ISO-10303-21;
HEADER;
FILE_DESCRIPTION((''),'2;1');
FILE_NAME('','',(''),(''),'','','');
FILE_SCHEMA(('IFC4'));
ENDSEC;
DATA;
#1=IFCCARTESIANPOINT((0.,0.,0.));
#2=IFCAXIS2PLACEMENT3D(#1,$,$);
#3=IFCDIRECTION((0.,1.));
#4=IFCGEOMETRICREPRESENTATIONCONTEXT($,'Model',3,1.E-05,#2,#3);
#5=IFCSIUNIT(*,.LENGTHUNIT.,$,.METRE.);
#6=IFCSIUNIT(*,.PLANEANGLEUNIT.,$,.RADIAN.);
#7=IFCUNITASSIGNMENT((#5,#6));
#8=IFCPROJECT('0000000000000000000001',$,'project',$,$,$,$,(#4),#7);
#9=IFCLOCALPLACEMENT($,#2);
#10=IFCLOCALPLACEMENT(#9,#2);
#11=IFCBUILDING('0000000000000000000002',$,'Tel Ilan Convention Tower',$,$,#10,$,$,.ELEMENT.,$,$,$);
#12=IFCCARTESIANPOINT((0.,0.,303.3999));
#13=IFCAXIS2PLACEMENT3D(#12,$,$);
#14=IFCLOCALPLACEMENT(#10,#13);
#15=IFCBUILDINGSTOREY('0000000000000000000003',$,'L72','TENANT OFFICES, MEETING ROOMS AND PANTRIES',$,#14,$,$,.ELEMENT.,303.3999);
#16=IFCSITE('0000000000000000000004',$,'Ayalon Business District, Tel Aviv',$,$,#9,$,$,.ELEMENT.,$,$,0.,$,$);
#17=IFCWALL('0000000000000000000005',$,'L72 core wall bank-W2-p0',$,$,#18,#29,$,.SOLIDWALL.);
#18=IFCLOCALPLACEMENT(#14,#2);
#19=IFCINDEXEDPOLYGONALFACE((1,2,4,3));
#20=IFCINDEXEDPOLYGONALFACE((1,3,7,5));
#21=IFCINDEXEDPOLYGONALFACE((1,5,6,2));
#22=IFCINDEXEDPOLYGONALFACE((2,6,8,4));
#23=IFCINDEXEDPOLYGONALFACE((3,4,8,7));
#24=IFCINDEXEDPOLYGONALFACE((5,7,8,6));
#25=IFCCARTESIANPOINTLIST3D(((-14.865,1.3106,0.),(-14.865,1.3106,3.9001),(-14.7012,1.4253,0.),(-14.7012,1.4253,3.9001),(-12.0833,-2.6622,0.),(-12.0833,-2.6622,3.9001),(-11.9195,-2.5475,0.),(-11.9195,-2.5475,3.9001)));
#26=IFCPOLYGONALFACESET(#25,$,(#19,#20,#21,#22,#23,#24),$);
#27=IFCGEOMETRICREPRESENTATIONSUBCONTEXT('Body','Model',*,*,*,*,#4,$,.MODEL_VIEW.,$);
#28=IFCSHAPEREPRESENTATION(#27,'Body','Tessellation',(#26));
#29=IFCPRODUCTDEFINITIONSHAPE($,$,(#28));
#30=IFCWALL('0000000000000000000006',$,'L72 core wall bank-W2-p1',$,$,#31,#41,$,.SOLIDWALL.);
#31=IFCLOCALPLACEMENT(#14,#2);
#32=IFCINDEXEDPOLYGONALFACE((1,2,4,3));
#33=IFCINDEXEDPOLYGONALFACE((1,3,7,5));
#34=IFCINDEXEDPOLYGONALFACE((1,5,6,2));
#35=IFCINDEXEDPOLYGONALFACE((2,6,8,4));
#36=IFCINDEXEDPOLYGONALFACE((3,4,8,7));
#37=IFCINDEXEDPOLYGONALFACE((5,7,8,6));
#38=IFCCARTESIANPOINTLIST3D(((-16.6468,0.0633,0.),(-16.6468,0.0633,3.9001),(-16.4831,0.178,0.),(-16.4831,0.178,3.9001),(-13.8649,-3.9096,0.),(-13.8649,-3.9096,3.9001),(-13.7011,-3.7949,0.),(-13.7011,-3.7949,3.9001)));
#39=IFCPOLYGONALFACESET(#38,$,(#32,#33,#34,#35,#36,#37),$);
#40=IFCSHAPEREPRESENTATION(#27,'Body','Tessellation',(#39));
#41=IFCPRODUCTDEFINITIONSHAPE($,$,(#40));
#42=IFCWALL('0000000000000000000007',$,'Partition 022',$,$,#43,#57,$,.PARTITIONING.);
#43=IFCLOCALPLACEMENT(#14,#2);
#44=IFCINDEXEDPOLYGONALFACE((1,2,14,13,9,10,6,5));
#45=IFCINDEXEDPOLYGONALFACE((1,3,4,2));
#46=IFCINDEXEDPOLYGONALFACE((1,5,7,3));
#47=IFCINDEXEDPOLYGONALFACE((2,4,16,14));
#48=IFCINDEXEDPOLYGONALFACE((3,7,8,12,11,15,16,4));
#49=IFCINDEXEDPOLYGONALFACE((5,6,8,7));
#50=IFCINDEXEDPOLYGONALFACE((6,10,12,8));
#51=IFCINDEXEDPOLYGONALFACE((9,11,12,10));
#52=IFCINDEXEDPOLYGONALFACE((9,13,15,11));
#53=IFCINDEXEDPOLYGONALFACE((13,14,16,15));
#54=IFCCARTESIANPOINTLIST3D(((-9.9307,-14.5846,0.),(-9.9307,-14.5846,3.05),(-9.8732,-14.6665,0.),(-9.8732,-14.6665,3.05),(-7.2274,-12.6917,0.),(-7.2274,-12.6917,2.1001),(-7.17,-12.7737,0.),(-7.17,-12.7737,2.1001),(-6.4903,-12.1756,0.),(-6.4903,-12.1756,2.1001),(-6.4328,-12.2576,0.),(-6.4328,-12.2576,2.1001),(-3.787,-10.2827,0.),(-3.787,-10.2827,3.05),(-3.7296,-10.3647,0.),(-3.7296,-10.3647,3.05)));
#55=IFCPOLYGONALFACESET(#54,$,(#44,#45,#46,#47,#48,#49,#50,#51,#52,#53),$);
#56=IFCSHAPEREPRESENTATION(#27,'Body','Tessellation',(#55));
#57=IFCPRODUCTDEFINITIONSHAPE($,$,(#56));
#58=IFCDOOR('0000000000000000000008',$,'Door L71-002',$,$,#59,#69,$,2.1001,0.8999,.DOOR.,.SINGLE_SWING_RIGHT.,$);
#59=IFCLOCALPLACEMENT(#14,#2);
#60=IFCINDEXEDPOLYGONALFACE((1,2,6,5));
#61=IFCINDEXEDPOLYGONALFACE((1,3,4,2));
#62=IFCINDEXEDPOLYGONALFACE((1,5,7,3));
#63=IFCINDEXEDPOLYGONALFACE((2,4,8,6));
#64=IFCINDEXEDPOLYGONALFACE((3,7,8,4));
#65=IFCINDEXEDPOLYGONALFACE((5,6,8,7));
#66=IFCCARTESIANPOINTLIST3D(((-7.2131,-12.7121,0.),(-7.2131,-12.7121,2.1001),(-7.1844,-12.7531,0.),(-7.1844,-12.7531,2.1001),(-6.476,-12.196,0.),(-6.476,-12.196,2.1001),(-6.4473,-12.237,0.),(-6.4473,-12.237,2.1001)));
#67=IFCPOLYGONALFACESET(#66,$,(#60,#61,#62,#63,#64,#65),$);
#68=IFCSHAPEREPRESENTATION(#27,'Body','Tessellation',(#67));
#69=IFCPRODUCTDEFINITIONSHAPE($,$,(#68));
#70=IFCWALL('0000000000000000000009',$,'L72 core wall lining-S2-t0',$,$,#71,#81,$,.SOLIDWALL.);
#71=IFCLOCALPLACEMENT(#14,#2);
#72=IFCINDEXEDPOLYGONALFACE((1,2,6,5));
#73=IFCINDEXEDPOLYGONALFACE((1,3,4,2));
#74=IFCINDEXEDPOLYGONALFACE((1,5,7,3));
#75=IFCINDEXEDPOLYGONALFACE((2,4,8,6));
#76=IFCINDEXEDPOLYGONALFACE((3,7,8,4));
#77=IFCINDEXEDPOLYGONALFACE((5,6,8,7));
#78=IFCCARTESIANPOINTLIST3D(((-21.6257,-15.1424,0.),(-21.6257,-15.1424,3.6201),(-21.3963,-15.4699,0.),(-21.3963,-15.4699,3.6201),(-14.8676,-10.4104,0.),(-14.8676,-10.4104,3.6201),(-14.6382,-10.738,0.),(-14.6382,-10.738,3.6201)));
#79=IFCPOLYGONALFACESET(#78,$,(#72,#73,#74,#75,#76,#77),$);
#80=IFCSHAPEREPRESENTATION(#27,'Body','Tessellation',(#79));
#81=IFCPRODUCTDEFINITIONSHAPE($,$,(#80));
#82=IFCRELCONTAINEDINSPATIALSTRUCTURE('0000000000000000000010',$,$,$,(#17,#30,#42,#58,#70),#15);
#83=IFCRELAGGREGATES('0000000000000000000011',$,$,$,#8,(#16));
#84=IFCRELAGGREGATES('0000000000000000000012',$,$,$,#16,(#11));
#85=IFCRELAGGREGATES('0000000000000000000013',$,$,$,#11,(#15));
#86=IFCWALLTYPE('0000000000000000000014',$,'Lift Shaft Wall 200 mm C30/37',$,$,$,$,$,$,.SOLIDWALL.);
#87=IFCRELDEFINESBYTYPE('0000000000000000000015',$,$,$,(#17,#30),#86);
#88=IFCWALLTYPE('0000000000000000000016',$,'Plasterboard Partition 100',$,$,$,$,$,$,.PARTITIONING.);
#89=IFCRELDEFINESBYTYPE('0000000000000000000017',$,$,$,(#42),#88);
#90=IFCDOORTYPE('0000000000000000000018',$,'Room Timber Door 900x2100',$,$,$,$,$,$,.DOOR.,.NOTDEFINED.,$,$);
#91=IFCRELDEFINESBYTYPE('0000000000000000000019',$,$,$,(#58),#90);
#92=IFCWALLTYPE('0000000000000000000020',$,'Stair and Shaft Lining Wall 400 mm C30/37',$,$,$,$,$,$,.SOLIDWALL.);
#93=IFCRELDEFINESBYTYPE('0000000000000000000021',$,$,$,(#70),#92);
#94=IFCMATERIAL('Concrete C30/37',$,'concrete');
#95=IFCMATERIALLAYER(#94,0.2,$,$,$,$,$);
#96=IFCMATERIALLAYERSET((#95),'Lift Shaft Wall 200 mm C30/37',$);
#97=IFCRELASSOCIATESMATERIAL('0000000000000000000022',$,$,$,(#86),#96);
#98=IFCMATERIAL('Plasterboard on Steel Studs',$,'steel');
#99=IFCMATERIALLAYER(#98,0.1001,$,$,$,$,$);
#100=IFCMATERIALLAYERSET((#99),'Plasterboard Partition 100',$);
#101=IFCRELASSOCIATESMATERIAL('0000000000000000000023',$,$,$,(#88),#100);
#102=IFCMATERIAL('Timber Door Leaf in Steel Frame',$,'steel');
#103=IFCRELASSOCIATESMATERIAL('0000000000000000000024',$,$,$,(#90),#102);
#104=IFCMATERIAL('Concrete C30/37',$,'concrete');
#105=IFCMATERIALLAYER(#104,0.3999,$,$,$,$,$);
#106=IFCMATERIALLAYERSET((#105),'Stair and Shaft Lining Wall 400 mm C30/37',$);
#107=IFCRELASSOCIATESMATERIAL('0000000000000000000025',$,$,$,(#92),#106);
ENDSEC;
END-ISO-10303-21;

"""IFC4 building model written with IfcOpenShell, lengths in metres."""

from ifc_helpers import new_model, si_unit, direction, frame, frame_2d, origin, place, context, subcontext, project, spatial, rectangle, extrude, material, layer, layer_set, type_object, element, fill, save


model = new_model("IFC4")

# Units and contexts
model_context = context("Model", 3, precision=1e-05, world=origin(), true_north=direction((0.0, 1.0)))
body_context = subcontext(model_context, "Body", "Model", "MODEL_VIEW")
ifc_project = project(units=[si_unit("LENGTHUNIT", "METRE"), si_unit("PLANEANGLEUNIT", "RADIAN")], contexts=[model_context])

# Site, building, storey
site_placement = place(None, origin())
site = spatial("IfcSite", under=ifc_project, at=site_placement, Name="Ayalon Business District, Tel Aviv", CompositionType="ELEMENT", RefElevation=0.0)
building_placement = place(site_placement, origin())
building = spatial("IfcBuilding", under=site, at=building_placement, Name="Tel Ilan Convention Tower", CompositionType="ELEMENT")
storey_placement = place(building_placement, frame((0.0, 0.0, 303.3999)))
storey = spatial("IfcBuildingStorey", under=building, at=storey_placement, Name="L72", Description="TENANT OFFICES, MEETING ROOMS AND PANTRIES", CompositionType="ELEMENT", Elevation=303.3999)

# Walls
ifc_material_1 = material(Name="Concrete C30/37", Category="concrete")
ifc_layer_1 = layer(ifc_material_1, 0.2)
ifc_layer_set_1 = layer_set([ifc_layer_1], Name="Lift Shaft Wall 200 mm C30/37")
wall_type_1 = type_object("IfcWallType", Name="Lift Shaft Wall 200 mm C30/37", PredefinedType="SOLIDWALL", material=ifc_layer_set_1)
wall_1_placement = place(storey_placement, frame((-12.0015, -2.6047, 0.0), z_axis=(0.0, 0.0, 1.0), x_axis=(-0.57356, 0.819163, 0.0)))
element("IfcWall", 1, at=wall_1_placement, inside=storey, type_object=wall_type_1, Name="L72 core wall bank-W2-p0", PredefinedType="SOLIDWALL", context=body_context, shape_type="SweptSolid", body=[
    extrude(rectangle(XDim=4.8499, YDim=0.2, at=frame_2d((2.4248, 0.0))), origin(), (0.0, 0.0, 1.0), 3.9001),
])
wall_2_placement = place(storey_placement, frame((-13.783, -3.8523, 0.0), z_axis=(0.0, 0.0, 1.0), x_axis=(-0.573594, 0.81914, 0.0)))
element("IfcWall", 2, at=wall_2_placement, inside=storey, type_object=wall_type_1, Name="L72 core wall bank-W2-p1", PredefinedType="SOLIDWALL", context=body_context, shape_type="SweptSolid", body=[
    extrude(rectangle(XDim=4.8501, YDim=0.2, at=frame_2d((2.425, 0.0))), origin(), (0.0, 0.0, 1.0), 3.9001),
])

# Wall, opening, door
ifc_material_2 = material(Name="Plasterboard on Steel Studs", Category="steel")
ifc_layer_2 = layer(ifc_material_2, 0.1001)
ifc_layer_set_2 = layer_set([ifc_layer_2], Name="Plasterboard Partition 100")
wall_type_2 = type_object("IfcWallType", Name="Plasterboard Partition 100", PredefinedType="PARTITIONING", material=ifc_layer_set_2)
wall_3_placement = place(storey_placement, frame((-3.7583, -10.3237, 0.0), z_axis=(0.0, 0.0, 1.0), x_axis=(-0.819152, -0.573576, 0.0)))
wall_3 = element("IfcWall", 3, at=wall_3_placement, inside=storey, type_object=wall_type_2, Name="Partition 022", PredefinedType="PARTITIONING", context=body_context, shape_type="SweptSolid", body=[
    extrude(rectangle(XDim=7.5, YDim=0.1001, at=frame_2d((3.75, 0.0))), origin(), (0.0, 0.0, 1.0), 3.05),
])
opening_1_placement = place(wall_3_placement, frame((3.3, 0.0, 0.0)))
opening_1 = element("IfcOpeningElement", 4, at=opening_1_placement, cuts=wall_3, PredefinedType="OPENING", context=body_context, shape_type="SweptSolid", body=[
    extrude(rectangle(XDim=0.8999, YDim=2.1001, at=frame_2d((0.45, 1.05))), frame((0.0, 0.0601, 0.0), z_axis=(0.0, -1.0, 0.0), x_axis=(1.0, 0.0, 0.0)), (0.0, 0.0, 1.0), 0.1201),
])
ifc_material_3 = material(Name="Timber Door Leaf in Steel Frame", Category="steel")
door_type_1 = type_object("IfcDoorType", Name="Room Timber Door 900x2100", OperationType="NOTDEFINED", PredefinedType="DOOR", material=ifc_material_3)
door_1_placement = place(opening_1_placement, origin())
door_1 = element("IfcDoor", 5, at=door_1_placement, inside=storey, type_object=door_type_1, Name="Door L71-002", OperationType="SINGLE_SWING_RIGHT", OverallHeight=2.1001, OverallWidth=0.8999, PredefinedType="DOOR", context=body_context, shape_type="SweptSolid", body=[
    extrude(rectangle(XDim=0.8999, YDim=2.1001, at=frame_2d((0.45, 1.05))), frame((0.0, 0.0249, 0.0), z_axis=(0.0, -1.0, 0.0), x_axis=(1.0, 0.0, 0.0)), (0.0, 0.0, 1.0), 0.05),
])
fill(opening_1, door_1)

# Wall
ifc_material_4 = material(Name="Concrete C30/37", Category="concrete")
ifc_layer_3 = layer(ifc_material_4, 0.3999)
ifc_layer_set_3 = layer_set([ifc_layer_3], Name="Stair and Shaft Lining Wall 400 mm C30/37")
wall_type_3 = type_object("IfcWallType", Name="Stair and Shaft Lining Wall 400 mm C30/37", PredefinedType="SOLIDWALL", material=ifc_layer_set_3)
wall_4_placement = place(storey_placement, frame((-14.7529, -10.5742, 0.0), z_axis=(0.0, 0.0, 1.0), x_axis=(-0.819158, -0.573568, 0.0)))
element("IfcWall", 6, at=wall_4_placement, inside=storey, type_object=wall_type_3, Name="L72 core wall lining-S2-t0", PredefinedType="SOLIDWALL", context=body_context, shape_type="SweptSolid", body=[
    extrude(rectangle(XDim=8.25, YDim=0.3999, at=frame_2d((4.125, 0.0))), origin(), (0.0, 0.0, 1.0), 3.6201),
])

save(model, "model.ifc")
